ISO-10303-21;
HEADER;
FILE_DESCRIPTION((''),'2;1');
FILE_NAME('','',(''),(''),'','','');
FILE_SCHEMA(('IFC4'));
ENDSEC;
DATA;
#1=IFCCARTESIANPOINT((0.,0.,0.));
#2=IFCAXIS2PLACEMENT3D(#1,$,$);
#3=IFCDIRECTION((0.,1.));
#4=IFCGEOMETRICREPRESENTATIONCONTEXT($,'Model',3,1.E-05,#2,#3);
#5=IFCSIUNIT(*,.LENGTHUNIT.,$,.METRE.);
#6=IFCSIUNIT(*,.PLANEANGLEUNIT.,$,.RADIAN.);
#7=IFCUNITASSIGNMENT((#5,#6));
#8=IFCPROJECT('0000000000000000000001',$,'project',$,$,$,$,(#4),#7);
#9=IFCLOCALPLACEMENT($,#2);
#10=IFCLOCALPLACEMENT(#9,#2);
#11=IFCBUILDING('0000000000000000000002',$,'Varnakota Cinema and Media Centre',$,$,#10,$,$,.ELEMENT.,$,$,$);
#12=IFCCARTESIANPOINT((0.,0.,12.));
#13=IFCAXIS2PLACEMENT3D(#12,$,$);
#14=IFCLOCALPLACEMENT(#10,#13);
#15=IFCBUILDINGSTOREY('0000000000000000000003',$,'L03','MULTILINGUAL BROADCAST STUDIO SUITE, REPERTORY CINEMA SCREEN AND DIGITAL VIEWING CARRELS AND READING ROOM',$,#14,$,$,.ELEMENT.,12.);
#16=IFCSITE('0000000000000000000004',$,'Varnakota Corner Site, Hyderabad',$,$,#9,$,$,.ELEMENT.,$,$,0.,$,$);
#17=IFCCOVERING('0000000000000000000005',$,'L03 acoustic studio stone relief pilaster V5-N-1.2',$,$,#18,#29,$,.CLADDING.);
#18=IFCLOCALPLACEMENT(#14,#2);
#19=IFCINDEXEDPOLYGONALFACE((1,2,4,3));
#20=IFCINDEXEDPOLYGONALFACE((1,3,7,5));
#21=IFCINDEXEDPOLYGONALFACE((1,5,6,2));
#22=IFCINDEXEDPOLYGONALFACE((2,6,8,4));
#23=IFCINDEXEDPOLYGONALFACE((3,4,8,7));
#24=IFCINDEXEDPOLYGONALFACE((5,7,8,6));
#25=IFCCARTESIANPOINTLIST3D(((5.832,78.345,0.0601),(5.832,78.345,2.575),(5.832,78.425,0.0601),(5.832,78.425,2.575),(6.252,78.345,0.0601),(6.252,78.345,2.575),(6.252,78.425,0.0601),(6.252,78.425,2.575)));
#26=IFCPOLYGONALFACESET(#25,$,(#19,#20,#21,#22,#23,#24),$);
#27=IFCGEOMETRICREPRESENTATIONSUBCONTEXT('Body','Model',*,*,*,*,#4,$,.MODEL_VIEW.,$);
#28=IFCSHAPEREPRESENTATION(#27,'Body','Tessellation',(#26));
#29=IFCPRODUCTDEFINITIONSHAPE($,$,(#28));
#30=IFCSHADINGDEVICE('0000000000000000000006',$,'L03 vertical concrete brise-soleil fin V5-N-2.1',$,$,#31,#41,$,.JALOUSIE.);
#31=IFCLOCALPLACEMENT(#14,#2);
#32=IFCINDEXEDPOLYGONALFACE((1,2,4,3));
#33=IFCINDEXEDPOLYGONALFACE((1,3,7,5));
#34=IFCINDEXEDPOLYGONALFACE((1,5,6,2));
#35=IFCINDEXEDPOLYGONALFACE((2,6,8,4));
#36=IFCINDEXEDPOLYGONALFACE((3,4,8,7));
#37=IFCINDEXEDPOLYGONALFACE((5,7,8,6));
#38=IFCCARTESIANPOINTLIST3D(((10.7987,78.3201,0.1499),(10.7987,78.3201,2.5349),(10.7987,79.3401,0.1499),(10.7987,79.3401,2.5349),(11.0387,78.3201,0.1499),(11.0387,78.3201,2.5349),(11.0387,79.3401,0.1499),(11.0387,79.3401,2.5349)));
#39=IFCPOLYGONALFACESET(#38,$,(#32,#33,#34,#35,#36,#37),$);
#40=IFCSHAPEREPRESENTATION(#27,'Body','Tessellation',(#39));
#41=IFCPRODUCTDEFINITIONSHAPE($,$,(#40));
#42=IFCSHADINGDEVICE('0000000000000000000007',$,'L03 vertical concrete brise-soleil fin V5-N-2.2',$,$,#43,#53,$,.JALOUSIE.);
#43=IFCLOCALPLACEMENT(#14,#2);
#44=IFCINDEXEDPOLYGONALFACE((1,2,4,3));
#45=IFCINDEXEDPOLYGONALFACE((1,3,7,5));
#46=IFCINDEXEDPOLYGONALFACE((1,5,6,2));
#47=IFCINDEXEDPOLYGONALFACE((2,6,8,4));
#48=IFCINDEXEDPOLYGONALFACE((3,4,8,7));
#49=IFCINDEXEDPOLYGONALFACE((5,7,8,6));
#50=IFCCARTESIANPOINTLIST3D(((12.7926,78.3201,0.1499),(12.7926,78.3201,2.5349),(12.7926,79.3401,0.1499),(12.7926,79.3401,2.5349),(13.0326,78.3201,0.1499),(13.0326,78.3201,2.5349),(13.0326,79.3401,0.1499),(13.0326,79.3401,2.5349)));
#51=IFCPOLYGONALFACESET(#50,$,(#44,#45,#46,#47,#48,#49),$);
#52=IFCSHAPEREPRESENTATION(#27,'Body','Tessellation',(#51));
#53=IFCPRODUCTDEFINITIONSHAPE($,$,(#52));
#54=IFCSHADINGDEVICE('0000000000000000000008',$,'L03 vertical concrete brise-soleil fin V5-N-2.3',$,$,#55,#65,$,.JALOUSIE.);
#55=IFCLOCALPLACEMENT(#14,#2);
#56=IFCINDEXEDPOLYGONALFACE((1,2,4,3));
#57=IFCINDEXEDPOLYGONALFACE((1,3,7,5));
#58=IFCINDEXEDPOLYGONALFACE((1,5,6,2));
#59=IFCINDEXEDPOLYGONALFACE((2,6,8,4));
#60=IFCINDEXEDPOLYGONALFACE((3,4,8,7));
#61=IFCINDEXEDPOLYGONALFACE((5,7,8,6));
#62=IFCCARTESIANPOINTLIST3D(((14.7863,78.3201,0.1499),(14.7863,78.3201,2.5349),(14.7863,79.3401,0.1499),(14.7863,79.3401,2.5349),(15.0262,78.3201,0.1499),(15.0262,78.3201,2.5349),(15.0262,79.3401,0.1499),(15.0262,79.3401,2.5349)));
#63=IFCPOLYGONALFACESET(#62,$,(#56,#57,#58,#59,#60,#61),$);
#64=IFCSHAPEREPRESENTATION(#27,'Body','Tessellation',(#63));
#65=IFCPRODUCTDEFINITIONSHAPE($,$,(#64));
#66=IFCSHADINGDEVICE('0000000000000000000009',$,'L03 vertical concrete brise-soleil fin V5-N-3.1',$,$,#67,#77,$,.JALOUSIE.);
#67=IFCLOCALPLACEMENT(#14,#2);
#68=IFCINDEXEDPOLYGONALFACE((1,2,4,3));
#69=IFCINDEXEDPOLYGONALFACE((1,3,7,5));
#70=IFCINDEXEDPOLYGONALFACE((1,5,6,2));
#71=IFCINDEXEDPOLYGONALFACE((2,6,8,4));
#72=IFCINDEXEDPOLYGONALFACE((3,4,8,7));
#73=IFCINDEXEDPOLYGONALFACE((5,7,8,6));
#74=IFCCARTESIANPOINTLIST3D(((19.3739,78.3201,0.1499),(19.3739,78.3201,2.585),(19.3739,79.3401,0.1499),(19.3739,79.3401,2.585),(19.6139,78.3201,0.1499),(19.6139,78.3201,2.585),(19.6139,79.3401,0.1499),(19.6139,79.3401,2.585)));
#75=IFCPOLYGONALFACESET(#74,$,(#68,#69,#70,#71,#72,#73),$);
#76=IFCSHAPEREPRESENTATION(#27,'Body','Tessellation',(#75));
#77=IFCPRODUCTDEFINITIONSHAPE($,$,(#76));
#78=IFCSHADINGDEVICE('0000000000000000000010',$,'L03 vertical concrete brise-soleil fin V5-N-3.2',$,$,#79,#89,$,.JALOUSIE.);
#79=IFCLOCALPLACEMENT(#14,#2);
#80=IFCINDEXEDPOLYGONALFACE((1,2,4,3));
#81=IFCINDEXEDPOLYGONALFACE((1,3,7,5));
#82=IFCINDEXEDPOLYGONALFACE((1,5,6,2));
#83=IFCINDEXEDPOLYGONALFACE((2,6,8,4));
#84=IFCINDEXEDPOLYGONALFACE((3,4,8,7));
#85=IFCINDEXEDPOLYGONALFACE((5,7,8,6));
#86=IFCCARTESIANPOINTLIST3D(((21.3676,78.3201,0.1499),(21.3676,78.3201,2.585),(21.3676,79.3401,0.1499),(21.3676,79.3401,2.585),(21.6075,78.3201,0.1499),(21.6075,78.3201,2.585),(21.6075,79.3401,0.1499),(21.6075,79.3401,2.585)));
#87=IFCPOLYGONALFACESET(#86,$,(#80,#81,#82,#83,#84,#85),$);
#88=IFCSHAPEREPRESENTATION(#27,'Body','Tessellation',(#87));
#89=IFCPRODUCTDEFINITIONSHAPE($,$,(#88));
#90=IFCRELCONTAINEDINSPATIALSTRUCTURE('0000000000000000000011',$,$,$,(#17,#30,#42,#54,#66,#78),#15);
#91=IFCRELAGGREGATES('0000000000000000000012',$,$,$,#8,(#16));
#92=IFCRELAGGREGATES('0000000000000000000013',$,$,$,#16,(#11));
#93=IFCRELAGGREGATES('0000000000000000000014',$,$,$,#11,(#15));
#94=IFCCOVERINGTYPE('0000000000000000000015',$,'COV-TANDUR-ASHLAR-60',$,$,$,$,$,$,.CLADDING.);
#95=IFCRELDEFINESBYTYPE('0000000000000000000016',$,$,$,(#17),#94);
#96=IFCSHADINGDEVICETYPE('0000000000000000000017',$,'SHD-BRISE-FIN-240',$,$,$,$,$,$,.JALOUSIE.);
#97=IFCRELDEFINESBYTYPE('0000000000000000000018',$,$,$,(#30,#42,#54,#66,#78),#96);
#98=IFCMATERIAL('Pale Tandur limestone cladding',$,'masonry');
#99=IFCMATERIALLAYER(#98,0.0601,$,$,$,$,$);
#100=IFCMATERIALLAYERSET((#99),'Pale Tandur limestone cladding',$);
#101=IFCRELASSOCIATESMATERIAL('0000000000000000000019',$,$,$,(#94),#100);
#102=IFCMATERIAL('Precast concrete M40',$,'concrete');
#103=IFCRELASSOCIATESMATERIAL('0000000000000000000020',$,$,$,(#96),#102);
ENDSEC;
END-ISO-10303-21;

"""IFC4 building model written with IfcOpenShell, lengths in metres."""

from ifc_helpers import new_model, si_unit, direction, frame, origin, origin_2d, place, context, subcontext, project, spatial, rectangle, extrude, material, layer, layer_set, type_object, element, save


model = new_model("IFC4")

# Units and contexts
model_context = context("Model", 3, precision=1e-05, world=origin(), true_north=direction((0.0, 1.0)))
body_context = subcontext(model_context, "Body", "Model", "MODEL_VIEW")
ifc_project = project(units=[si_unit("LENGTHUNIT", "METRE"), si_unit("PLANEANGLEUNIT", "RADIAN")], contexts=[model_context])

# Site, building, storey
site_placement = place(None, origin())
site = spatial("IfcSite", under=ifc_project, at=site_placement, Name="Varnakota Corner Site, Hyderabad", CompositionType="ELEMENT", RefElevation=0.0)
building_placement = place(site_placement, origin())
building = spatial("IfcBuilding", under=site, at=building_placement, Name="Varnakota Cinema and Media Centre", CompositionType="ELEMENT")
storey_placement = place(building_placement, frame((0.0, 0.0, 12.0)))
storey = spatial("IfcBuildingStorey", under=building, at=storey_placement, Name="L03", Description="MULTILINGUAL BROADCAST STUDIO SUITE, REPERTORY CINEMA SCREEN AND DIGITAL VIEWING CARRELS AND READING ROOM", CompositionType="ELEMENT", Elevation=12.0)

# Covering
ifc_material_1 = material(Name="Pale Tandur limestone cladding", Category="masonry")
ifc_layer_1 = layer(ifc_material_1, 0.0601)
ifc_layer_set_1 = layer_set([ifc_layer_1], Name="Pale Tandur limestone cladding")
covering_type = type_object("IfcCoveringType", Name="COV-TANDUR-ASHLAR-60", PredefinedType="CLADDING", material=ifc_layer_set_1)
for number, where, z_axis, x_axis, name in (
    (1, (6.042, 78.385, 0.0601), (0.0, 0.0, 1.0), (1.0, 0.0, 0.0), "L03 acoustic studio stone relief pilaster V5-N-1.2"),
):
    element("IfcCovering", number, at=place(storey_placement, frame(where, z_axis=z_axis, x_axis=x_axis)), inside=storey, type_object=covering_type, Name=name, PredefinedType="CLADDING", context=body_context, shape_type="SweptSolid", body=[
        extrude(rectangle(XDim=0.4199, YDim=0.0801, at=origin_2d()), origin(), (0.0, 0.0, 1.0), 2.5149),
    ])

# Shading devices
ifc_material_2 = material(Name="Precast concrete M40", Category="concrete")
shading_device_type = type_object("IfcShadingDeviceType", Name="SHD-BRISE-FIN-240", PredefinedType="JALOUSIE", material=ifc_material_2)
for number, where, z_axis, x_axis, name in (
    (2, (10.9187, 78.8301, 0.1499), (0.0, 0.0, 1.0), (1.0, 0.0, 0.0), "L03 vertical concrete brise-soleil fin V5-N-2.1"),
    (3, (12.9126, 78.8301, 0.1499), (0.0, 0.0, 1.0), (1.0, 0.0, 0.0), "L03 vertical concrete brise-soleil fin V5-N-2.2"),
    (4, (14.9062, 78.8301, 0.1499), (0.0, 0.0, 1.0), (1.0, 0.0, 0.0), "L03 vertical concrete brise-soleil fin V5-N-2.3"),
):
    element("IfcShadingDevice", number, at=place(storey_placement, frame(where, z_axis=z_axis, x_axis=x_axis)), inside=storey, type_object=shading_device_type, Name=name, PredefinedType="JALOUSIE", context=body_context, shape_type="SweptSolid", body=[
        extrude(rectangle(XDim=0.24, YDim=1.02, at=origin_2d()), origin(), (0.0, 0.0, 1.0), 2.385),
    ])
for number, where, z_axis, x_axis, name in (
    (5, (19.4939, 78.8301, 0.1499), (0.0, 0.0, 1.0), (1.0, 0.0, 0.0), "L03 vertical concrete brise-soleil fin V5-N-3.1"),
    (6, (21.4875, 78.8301, 0.1499), (0.0, 0.0, 1.0), (1.0, 0.0, 0.0), "L03 vertical concrete brise-soleil fin V5-N-3.2"),
):
    element("IfcShadingDevice", number, at=place(storey_placement, frame(where, z_axis=z_axis, x_axis=x_axis)), inside=storey, type_object=shading_device_type, Name=name, PredefinedType="JALOUSIE", context=body_context, shape_type="SweptSolid", body=[
        extrude(rectangle(XDim=0.24, YDim=1.02, at=origin_2d()), origin(), (0.0, 0.0, 1.0), 2.4351),
    ])

save(model, "model.ifc")
